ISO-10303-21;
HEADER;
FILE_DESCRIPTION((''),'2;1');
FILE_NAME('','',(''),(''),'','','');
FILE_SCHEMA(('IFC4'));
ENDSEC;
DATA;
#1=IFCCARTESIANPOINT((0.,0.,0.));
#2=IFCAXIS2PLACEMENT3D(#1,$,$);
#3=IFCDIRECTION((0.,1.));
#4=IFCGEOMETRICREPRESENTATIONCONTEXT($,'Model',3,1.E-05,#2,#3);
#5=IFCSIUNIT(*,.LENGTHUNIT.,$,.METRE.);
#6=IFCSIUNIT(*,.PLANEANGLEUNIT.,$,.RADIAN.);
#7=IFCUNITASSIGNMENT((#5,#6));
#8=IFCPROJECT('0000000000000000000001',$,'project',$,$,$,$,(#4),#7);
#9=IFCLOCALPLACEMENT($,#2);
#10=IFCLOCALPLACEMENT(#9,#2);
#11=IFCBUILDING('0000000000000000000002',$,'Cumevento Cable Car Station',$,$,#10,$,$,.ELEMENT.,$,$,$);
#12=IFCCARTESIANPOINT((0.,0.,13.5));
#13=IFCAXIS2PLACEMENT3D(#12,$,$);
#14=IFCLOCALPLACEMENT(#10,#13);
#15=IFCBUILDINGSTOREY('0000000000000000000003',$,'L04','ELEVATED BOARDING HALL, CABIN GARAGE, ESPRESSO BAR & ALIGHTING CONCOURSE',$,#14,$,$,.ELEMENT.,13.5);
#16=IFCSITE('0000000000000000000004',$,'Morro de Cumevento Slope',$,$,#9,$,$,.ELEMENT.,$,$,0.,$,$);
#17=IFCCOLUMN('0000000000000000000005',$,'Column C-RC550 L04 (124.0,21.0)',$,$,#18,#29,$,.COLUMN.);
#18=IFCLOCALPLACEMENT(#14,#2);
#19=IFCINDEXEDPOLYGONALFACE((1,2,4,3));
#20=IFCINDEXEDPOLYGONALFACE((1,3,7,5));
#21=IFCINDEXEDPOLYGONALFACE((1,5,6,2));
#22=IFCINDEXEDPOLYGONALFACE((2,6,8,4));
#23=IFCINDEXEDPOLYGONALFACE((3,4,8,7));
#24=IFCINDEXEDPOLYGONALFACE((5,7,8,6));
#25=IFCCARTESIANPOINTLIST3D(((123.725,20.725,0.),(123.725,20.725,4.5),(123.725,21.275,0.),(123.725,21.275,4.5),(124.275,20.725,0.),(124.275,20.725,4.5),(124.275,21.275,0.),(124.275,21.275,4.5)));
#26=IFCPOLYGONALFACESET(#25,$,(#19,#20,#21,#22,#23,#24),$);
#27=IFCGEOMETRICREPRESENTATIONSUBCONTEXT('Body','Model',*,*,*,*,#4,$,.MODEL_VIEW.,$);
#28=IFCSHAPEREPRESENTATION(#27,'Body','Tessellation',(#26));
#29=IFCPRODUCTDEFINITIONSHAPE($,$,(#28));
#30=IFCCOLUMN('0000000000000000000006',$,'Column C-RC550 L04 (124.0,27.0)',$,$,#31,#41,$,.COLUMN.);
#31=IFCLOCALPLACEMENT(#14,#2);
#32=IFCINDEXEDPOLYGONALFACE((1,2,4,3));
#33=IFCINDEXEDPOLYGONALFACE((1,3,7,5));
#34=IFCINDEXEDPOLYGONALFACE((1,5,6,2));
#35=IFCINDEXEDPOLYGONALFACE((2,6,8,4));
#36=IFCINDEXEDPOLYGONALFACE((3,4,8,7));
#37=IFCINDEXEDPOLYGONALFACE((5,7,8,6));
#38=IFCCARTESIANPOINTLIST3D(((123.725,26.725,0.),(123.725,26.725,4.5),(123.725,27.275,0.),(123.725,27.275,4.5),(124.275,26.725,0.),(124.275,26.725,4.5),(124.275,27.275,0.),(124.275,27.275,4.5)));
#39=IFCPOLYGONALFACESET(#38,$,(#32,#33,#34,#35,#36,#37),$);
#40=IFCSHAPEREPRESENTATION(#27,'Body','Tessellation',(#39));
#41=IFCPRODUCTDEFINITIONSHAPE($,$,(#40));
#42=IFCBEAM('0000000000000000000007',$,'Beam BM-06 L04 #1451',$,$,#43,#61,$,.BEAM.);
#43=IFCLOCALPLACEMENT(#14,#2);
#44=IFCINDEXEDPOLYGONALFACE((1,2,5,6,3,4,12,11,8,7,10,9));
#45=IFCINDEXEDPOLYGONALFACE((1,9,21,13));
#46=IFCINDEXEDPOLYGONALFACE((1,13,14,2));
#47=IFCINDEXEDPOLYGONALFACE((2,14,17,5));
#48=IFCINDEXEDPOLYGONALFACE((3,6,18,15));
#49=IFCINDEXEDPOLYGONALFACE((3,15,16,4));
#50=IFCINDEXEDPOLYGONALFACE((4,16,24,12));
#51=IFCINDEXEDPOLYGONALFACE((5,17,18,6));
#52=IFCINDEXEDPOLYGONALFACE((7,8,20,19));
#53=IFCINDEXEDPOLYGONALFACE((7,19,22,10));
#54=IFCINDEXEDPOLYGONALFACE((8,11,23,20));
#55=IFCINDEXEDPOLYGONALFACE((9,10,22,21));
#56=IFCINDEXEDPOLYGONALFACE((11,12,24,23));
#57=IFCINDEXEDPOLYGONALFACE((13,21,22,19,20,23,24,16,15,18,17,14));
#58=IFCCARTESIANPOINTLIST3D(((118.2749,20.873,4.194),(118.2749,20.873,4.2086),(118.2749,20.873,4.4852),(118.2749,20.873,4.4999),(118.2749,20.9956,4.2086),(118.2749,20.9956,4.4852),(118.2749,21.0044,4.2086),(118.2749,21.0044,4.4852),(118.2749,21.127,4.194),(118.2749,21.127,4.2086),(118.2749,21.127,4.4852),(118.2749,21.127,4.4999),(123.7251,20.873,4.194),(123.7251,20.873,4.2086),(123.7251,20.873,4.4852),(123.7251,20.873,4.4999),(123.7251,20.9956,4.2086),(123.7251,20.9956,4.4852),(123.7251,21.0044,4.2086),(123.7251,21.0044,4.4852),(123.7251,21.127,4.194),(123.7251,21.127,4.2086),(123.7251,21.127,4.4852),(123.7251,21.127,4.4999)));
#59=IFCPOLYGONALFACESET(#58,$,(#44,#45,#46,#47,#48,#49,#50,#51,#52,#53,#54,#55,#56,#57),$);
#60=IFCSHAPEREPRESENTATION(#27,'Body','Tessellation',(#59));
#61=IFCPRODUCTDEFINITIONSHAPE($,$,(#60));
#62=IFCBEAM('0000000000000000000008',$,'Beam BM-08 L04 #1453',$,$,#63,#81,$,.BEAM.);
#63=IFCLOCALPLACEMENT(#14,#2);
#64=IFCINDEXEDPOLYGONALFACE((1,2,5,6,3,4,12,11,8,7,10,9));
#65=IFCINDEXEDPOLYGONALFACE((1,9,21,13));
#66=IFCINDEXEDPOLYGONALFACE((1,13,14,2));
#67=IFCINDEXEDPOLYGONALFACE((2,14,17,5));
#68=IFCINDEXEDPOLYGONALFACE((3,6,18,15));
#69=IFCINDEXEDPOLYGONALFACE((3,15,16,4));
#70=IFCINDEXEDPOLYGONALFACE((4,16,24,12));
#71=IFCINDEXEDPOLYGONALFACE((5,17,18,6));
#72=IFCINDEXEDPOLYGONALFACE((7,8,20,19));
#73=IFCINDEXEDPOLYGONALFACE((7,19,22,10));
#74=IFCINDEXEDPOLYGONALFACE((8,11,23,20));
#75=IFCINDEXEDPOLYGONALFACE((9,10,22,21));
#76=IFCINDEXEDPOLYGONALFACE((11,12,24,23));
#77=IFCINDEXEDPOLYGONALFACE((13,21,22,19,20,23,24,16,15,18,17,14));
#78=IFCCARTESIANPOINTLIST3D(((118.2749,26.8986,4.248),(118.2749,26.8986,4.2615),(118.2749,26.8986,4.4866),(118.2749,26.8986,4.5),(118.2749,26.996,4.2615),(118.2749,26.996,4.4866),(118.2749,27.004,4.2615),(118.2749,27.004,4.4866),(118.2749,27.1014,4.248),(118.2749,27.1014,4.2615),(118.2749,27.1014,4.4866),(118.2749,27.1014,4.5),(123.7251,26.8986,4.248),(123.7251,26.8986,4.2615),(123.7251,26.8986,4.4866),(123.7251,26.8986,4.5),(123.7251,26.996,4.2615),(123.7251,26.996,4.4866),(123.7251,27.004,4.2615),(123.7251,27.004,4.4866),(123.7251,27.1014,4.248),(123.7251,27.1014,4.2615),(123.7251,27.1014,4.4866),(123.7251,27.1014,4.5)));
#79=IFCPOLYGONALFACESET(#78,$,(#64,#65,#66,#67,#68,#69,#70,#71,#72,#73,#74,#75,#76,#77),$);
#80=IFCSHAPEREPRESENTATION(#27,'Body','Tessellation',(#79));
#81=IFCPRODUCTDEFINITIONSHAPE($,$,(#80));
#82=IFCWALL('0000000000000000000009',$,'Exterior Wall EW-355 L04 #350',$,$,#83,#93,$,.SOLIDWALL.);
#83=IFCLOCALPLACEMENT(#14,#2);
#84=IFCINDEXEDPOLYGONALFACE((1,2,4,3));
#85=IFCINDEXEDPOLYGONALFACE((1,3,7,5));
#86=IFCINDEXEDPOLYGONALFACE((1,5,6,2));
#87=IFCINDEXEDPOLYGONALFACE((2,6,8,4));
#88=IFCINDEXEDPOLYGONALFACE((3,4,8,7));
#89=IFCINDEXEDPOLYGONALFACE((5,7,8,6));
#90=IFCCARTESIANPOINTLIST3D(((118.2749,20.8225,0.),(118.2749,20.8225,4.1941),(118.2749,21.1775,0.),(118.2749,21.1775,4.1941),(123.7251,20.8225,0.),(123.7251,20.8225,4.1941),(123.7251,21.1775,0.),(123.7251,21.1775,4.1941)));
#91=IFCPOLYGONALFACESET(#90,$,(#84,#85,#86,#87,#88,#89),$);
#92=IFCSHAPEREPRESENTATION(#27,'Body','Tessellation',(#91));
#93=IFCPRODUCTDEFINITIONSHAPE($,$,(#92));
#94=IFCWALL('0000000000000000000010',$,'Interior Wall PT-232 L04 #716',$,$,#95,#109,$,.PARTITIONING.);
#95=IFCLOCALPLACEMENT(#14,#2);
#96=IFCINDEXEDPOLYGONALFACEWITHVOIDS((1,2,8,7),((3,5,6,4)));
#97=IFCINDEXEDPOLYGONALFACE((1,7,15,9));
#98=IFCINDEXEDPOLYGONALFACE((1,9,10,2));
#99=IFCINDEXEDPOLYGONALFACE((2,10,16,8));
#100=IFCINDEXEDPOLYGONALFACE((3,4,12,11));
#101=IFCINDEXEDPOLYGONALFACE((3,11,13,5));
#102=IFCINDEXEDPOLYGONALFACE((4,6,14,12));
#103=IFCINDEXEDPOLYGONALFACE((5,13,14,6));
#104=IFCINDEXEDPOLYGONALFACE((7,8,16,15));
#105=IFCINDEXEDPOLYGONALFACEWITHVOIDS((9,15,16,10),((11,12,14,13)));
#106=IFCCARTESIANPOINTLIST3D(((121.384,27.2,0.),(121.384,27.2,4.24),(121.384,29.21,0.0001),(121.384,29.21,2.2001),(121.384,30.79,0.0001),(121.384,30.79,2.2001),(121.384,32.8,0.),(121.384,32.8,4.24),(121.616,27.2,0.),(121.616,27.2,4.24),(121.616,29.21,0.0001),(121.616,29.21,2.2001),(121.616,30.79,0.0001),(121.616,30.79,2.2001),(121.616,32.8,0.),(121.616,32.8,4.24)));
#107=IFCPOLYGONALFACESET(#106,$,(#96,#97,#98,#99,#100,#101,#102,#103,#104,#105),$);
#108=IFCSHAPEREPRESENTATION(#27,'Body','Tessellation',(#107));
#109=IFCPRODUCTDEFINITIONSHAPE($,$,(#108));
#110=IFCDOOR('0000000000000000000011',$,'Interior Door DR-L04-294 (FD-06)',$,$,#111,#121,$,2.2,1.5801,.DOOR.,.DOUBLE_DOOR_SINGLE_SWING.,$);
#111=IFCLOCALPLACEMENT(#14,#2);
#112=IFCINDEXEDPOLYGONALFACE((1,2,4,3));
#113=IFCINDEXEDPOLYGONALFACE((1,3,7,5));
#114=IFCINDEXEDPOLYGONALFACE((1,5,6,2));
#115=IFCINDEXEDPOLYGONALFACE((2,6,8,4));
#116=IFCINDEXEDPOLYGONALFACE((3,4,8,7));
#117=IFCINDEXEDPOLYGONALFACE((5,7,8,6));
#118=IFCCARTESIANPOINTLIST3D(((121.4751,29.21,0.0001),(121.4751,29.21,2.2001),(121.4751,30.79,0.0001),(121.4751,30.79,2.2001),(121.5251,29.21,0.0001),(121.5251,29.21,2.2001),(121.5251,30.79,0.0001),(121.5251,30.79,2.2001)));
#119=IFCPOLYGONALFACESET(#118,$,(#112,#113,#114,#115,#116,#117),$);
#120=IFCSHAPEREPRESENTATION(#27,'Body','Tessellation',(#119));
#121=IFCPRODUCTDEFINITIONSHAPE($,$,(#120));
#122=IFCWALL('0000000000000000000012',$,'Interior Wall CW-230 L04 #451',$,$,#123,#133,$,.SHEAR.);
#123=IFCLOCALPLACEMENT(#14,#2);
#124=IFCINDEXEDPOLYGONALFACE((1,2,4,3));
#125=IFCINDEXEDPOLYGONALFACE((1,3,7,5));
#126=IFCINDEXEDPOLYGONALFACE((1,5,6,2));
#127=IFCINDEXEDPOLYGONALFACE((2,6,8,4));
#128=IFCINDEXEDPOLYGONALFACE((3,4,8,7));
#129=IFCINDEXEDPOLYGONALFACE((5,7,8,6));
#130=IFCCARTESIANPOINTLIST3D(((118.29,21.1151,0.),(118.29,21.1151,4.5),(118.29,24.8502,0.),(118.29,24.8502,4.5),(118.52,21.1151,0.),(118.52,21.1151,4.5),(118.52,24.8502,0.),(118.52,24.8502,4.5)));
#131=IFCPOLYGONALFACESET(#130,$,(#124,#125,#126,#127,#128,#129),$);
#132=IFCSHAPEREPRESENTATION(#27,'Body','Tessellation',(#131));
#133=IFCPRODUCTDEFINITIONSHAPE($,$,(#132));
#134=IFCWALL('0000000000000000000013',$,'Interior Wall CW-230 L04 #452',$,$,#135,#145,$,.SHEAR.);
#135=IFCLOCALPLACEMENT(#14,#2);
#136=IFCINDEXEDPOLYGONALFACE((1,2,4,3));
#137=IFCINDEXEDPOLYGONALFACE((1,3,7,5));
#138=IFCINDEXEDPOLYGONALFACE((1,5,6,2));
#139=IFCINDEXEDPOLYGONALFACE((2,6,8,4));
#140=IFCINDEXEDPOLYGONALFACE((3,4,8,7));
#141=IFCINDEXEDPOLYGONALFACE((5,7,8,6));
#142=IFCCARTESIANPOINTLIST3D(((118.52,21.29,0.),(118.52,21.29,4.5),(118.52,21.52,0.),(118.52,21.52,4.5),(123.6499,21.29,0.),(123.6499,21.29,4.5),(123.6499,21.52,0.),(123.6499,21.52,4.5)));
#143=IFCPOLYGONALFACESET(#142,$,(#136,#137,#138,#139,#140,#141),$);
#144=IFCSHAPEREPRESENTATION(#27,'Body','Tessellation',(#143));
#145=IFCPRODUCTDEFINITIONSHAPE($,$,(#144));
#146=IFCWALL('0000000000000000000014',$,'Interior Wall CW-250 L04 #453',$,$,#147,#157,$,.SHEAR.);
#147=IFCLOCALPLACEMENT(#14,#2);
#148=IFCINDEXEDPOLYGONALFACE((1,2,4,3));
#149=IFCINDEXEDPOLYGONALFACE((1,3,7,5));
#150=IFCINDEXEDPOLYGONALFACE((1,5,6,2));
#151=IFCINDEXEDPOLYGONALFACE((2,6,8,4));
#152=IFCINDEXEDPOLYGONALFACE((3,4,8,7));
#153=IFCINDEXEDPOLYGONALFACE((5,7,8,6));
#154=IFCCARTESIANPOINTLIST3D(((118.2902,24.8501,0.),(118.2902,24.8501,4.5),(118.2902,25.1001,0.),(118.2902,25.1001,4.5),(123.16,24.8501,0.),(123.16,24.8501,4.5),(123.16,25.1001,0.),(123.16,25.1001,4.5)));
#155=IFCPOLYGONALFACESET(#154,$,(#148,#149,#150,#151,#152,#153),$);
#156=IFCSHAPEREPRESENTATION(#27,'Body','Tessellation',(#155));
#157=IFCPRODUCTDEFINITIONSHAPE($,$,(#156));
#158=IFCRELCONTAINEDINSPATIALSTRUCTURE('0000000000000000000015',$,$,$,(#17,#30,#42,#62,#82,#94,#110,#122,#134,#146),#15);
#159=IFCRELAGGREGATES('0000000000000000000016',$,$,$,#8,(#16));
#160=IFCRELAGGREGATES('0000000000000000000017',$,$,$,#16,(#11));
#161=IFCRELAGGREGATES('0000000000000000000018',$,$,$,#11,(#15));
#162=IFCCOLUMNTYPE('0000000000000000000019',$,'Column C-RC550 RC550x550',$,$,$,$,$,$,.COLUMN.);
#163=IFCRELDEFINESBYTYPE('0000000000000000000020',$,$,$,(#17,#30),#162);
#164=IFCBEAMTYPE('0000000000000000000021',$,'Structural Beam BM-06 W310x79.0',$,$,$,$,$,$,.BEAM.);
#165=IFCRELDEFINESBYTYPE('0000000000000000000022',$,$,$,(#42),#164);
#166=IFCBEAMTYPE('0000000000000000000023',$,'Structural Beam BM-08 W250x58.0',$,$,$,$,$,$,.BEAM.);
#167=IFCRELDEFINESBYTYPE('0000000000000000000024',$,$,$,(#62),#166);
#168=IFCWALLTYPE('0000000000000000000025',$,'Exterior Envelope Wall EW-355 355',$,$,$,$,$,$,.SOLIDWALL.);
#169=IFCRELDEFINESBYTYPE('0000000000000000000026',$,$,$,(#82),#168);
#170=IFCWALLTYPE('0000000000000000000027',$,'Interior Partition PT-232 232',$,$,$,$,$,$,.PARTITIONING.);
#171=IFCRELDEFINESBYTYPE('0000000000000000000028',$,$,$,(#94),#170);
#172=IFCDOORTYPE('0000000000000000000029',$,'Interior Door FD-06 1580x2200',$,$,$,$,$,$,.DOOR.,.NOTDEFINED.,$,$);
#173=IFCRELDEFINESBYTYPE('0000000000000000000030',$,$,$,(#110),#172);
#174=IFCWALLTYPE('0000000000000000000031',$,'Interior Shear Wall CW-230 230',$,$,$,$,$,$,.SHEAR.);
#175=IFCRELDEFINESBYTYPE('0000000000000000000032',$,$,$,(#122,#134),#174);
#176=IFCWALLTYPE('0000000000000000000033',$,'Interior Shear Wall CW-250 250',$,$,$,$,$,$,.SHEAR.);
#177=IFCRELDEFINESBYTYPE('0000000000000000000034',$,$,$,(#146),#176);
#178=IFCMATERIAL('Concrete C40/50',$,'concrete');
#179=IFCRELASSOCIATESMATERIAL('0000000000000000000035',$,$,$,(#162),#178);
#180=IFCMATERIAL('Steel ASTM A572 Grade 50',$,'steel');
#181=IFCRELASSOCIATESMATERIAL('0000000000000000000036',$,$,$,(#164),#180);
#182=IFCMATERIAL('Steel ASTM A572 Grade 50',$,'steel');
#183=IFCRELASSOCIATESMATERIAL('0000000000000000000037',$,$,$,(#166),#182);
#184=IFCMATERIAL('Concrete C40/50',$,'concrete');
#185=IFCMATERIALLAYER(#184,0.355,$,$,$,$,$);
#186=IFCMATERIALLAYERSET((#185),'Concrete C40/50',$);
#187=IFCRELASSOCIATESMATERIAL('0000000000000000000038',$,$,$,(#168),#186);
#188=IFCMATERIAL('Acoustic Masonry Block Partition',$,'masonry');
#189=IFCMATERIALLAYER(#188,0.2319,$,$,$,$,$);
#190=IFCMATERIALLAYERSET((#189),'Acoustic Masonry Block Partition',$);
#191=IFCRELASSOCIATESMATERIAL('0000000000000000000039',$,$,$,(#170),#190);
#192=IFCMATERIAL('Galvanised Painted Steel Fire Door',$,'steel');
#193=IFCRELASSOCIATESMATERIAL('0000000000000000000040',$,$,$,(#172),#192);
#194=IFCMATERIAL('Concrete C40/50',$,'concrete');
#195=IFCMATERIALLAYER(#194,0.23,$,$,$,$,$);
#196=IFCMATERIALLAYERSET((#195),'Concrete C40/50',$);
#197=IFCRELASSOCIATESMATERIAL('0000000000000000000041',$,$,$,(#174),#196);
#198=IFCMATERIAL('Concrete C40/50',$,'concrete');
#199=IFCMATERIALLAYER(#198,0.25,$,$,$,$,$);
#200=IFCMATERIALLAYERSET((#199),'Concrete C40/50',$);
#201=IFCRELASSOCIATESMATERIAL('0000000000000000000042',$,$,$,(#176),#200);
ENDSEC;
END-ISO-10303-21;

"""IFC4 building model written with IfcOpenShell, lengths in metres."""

from ifc_helpers import new_model, si_unit, direction, frame, frame_2d, origin, origin_2d, place, context, subcontext, project, spatial, rectangle, i_section, extrude, material, layer, layer_set, material_profile, profile_set, type_object, element, fill, save


model = new_model("IFC4")

# Units and contexts
model_context = context("Model", 3, precision=1e-05, world=origin(), true_north=direction((0.0, 1.0)))
body_context = subcontext(model_context, "Body", "Model", "MODEL_VIEW")
ifc_project = project(units=[si_unit("LENGTHUNIT", "METRE"), si_unit("PLANEANGLEUNIT", "RADIAN")], contexts=[model_context])

# Site, building, storey
site_placement = place(None, origin())
site = spatial("IfcSite", under=ifc_project, at=site_placement, Name="Morro de Cumevento Slope", CompositionType="ELEMENT", RefElevation=0.0)
building_placement = place(site_placement, origin())
building = spatial("IfcBuilding", under=site, at=building_placement, Name="Cumevento Cable Car Station", CompositionType="ELEMENT")
storey_placement = place(building_placement, frame((0.0, 0.0, 13.5)))
storey = spatial("IfcBuildingStorey", under=building, at=storey_placement, Name="L04", Description="ELEVATED BOARDING HALL, CABIN GARAGE, ESPRESSO BAR & ALIGHTING CONCOURSE", CompositionType="ELEMENT", Elevation=13.5)

# Columns
ifc_material_1 = material(Name="Concrete C40/50", Category="concrete")
ifc_material_profile_1 = material_profile(ifc_material_1, rectangle(XDim=0.55, YDim=0.55, at=origin_2d()), Name="RC550x550")
ifc_profile_set_1 = profile_set([ifc_material_profile_1], Name="Concrete C40/50")
column_type = type_object("IfcColumnType", Name="Column C-RC550 RC550x550", PredefinedType="COLUMN", material=ifc_profile_set_1)
for number, where, z_axis, x_axis, name in (
    (1, (124.0, 21.0, 0.0), (0.0, 0.0, 1.0), (1.0, 0.0, 0.0), "Column C-RC550 L04 (124.0,21.0)"),
    (2, (124.0, 27.0, 0.0), (0.0, 0.0, 1.0), (1.0, 0.0, 0.0), "Column C-RC550 L04 (124.0,27.0)"),
):
    element("IfcColumn", number, at=place(storey_placement, frame(where, z_axis=z_axis, x_axis=x_axis)), inside=storey, type_object=column_type, Name=name, PredefinedType="COLUMN", context=body_context, shape_type="SweptSolid", body=[
        extrude(rectangle(XDim=0.55, YDim=0.55, at=origin_2d()), origin(), (0.0, 0.0, 1.0), 4.5),
    ])

# Beams
ifc_material_2 = material(Name="Steel ASTM A572 Grade 50", Category="steel")
ifc_material_profile_2 = material_profile(ifc_material_2, i_section(OverallWidth=0.2539, OverallDepth=0.3059, WebThickness=0.0088, FlangeThickness=0.0146, at=origin_2d()), Name="W310x79.0")
ifc_profile_set_2 = profile_set([ifc_material_profile_2], Name="Steel ASTM A572 Grade 50")
beam_type_1 = type_object("IfcBeamType", Name="Structural Beam BM-06 W310x79.0", PredefinedType="BEAM", material=ifc_profile_set_2)
beam_1_placement = place(storey_placement, frame((118.2749, 21.0, 4.3469), z_axis=(1.0, 0.0, 0.0), x_axis=(0.0, 1.0, 0.0)))
element("IfcBeam", 3, at=beam_1_placement, inside=storey, type_object=beam_type_1, Name="Beam BM-06 L04 #1451", PredefinedType="BEAM", context=body_context, shape_type="SweptSolid", body=[
    extrude(i_section(OverallWidth=0.2539, OverallDepth=0.3059, WebThickness=0.0088, FlangeThickness=0.0146, at=origin_2d()), origin(), (0.0, 0.0, 1.0), 5.4502),
])
ifc_material_3 = material(Name="Steel ASTM A572 Grade 50", Category="steel")
ifc_material_profile_3 = material_profile(ifc_material_3, i_section(OverallWidth=0.2029, OverallDepth=0.252, WebThickness=0.0081, FlangeThickness=0.0134, at=origin_2d()), Name="W250x58.0")
ifc_profile_set_3 = profile_set([ifc_material_profile_3], Name="Steel ASTM A572 Grade 50")
beam_type_2 = type_object("IfcBeamType", Name="Structural Beam BM-08 W250x58.0", PredefinedType="BEAM", material=ifc_profile_set_3)
beam_2_placement = place(storey_placement, frame((118.2749, 27.0, 4.374), z_axis=(1.0, 0.0, 0.0), x_axis=(0.0, 1.0, 0.0)))
element("IfcBeam", 4, at=beam_2_placement, inside=storey, type_object=beam_type_2, Name="Beam BM-08 L04 #1453", PredefinedType="BEAM", context=body_context, shape_type="SweptSolid", body=[
    extrude(i_section(OverallWidth=0.2029, OverallDepth=0.252, WebThickness=0.0081, FlangeThickness=0.0134, at=origin_2d()), origin(), (0.0, 0.0, 1.0), 5.4502),
])

# Wall
ifc_material_4 = material(Name="Concrete C40/50", Category="concrete")
ifc_layer_1 = layer(ifc_material_4, 0.355)
ifc_layer_set_1 = layer_set([ifc_layer_1], Name="Concrete C40/50")
wall_type_1 = type_object("IfcWallType", Name="Exterior Envelope Wall EW-355 355", PredefinedType="SOLIDWALL", material=ifc_layer_set_1)
wall_1_placement = place(storey_placement, frame((123.7251, 21.0, 0.0), z_axis=(0.0, 0.0, 1.0), x_axis=(-1.0, 0.0, 0.0)))
element("IfcWall", 5, at=wall_1_placement, inside=storey, type_object=wall_type_1, Name="Exterior Wall EW-355 L04 #350", PredefinedType="SOLIDWALL", context=body_context, shape_type="SweptSolid", body=[
    extrude(rectangle(XDim=5.4502, YDim=0.355, at=frame_2d((2.7251, 0.0))), origin(), (0.0, 0.0, 1.0), 4.1941),
])

# Wall, opening, door
ifc_material_5 = material(Name="Acoustic Masonry Block Partition", Category="masonry")
ifc_layer_2 = layer(ifc_material_5, 0.2319)
ifc_layer_set_2 = layer_set([ifc_layer_2], Name="Acoustic Masonry Block Partition")
wall_type_2 = type_object("IfcWallType", Name="Interior Partition PT-232 232", PredefinedType="PARTITIONING", material=ifc_layer_set_2)
wall_2_placement = place(storey_placement, frame((121.5, 27.2, 0.0), z_axis=(0.0, 0.0, 1.0), x_axis=(0.0, 1.0, 0.0)))
wall_2 = element("IfcWall", 6, at=wall_2_placement, inside=storey, type_object=wall_type_2, Name="Interior Wall PT-232 L04 #716", PredefinedType="PARTITIONING", context=body_context, shape_type="SweptSolid", body=[
    extrude(rectangle(XDim=5.6001, YDim=0.2319, at=frame_2d((2.8, 0.0))), origin(), (0.0, 0.0, 1.0), 4.24),
])
opening_1_placement = place(wall_2_placement, frame((2.01, 0.0, 0.0)))
opening_1 = element("IfcOpeningElement", 7, at=opening_1_placement, cuts=wall_2, PredefinedType="OPENING", context=body_context, shape_type="SweptSolid", body=[
    extrude(rectangle(XDim=1.5801, YDim=2.2, at=frame_2d((0.79, 1.1001))), frame((0.0, 0.126, 0.0), z_axis=(0.0, -1.0, 0.0), x_axis=(1.0, 0.0, 0.0)), (0.0, 0.0, 1.0), 0.252),
])
ifc_material_6 = material(Name="Galvanised Painted Steel Fire Door", Category="steel")
door_type_1 = type_object("IfcDoorType", Name="Interior Door FD-06 1580x2200", OperationType="NOTDEFINED", PredefinedType="DOOR", material=ifc_material_6)
door_1_placement = place(opening_1_placement, origin())
door_1 = element("IfcDoor", 8, at=door_1_placement, inside=storey, type_object=door_type_1, Name="Interior Door DR-L04-294 (FD-06)", OperationType="DOUBLE_DOOR_SINGLE_SWING", OverallHeight=2.2, OverallWidth=1.5801, PredefinedType="DOOR", context=body_context, shape_type="SweptSolid", body=[
    extrude(rectangle(XDim=1.5801, YDim=2.2, at=frame_2d((0.79, 1.1001))), frame((0.0, 0.0249, 0.0), z_axis=(0.0, -1.0, 0.0), x_axis=(1.0, 0.0, 0.0)), (0.0, 0.0, 1.0), 0.05),
])
fill(opening_1, door_1)

# Walls
ifc_material_7 = material(Name="Concrete C40/50", Category="concrete")
ifc_layer_3 = layer(ifc_material_7, 0.23)
ifc_layer_set_3 = layer_set([ifc_layer_3], Name="Concrete C40/50")
wall_type_3 = type_object("IfcWallType", Name="Interior Shear Wall CW-230 230", PredefinedType="SHEAR", material=ifc_layer_set_3)
wall_3_placement = place(storey_placement, frame((118.405, 21.115, 0.0), z_axis=(0.0, 0.0, 1.0), x_axis=(0.0, 1.0, 0.0)))
element("IfcWall", 9, at=wall_3_placement, inside=storey, type_object=wall_type_3, Name="Interior Wall CW-230 L04 #451", PredefinedType="SHEAR", context=body_context, shape_type="SweptSolid", body=[
    extrude(rectangle(XDim=3.7351, YDim=0.23, at=frame_2d((1.8677, 0.0))), origin(), (0.0, 0.0, 1.0), 4.5),
])
wall_4_placement = place(storey_placement, frame((118.52, 21.405, 0.0), z_axis=(0.0, 0.0, 1.0), x_axis=(1.0, 0.0, 0.0)))
element("IfcWall", 10, at=wall_4_placement, inside=storey, type_object=wall_type_3, Name="Interior Wall CW-230 L04 #452", PredefinedType="SHEAR", context=body_context, shape_type="SweptSolid", body=[
    extrude(rectangle(XDim=5.1299, YDim=0.23, at=frame_2d((2.5649, 0.0))), origin(), (0.0, 0.0, 1.0), 4.5),
])
ifc_material_8 = material(Name="Concrete C40/50", Category="concrete")
ifc_layer_4 = layer(ifc_material_8, 0.25)
ifc_layer_set_4 = layer_set([ifc_layer_4], Name="Concrete C40/50")
wall_type_4 = type_object("IfcWallType", Name="Interior Shear Wall CW-250 250", PredefinedType="SHEAR", material=ifc_layer_set_4)
wall_5_placement = place(storey_placement, frame((118.29, 24.9751, 0.0), z_axis=(0.0, 0.0, 1.0), x_axis=(1.0, 0.0, 0.0)))
element("IfcWall", 11, at=wall_5_placement, inside=storey, type_object=wall_type_4, Name="Interior Wall CW-250 L04 #453", PredefinedType="SHEAR", context=body_context, shape_type="SweptSolid", body=[
    extrude(rectangle(XDim=4.8699, YDim=0.25, at=frame_2d((2.4351, 0.0))), origin(), (0.0, 0.0, 1.0), 4.5),
])

save(model, "model.ifc")
